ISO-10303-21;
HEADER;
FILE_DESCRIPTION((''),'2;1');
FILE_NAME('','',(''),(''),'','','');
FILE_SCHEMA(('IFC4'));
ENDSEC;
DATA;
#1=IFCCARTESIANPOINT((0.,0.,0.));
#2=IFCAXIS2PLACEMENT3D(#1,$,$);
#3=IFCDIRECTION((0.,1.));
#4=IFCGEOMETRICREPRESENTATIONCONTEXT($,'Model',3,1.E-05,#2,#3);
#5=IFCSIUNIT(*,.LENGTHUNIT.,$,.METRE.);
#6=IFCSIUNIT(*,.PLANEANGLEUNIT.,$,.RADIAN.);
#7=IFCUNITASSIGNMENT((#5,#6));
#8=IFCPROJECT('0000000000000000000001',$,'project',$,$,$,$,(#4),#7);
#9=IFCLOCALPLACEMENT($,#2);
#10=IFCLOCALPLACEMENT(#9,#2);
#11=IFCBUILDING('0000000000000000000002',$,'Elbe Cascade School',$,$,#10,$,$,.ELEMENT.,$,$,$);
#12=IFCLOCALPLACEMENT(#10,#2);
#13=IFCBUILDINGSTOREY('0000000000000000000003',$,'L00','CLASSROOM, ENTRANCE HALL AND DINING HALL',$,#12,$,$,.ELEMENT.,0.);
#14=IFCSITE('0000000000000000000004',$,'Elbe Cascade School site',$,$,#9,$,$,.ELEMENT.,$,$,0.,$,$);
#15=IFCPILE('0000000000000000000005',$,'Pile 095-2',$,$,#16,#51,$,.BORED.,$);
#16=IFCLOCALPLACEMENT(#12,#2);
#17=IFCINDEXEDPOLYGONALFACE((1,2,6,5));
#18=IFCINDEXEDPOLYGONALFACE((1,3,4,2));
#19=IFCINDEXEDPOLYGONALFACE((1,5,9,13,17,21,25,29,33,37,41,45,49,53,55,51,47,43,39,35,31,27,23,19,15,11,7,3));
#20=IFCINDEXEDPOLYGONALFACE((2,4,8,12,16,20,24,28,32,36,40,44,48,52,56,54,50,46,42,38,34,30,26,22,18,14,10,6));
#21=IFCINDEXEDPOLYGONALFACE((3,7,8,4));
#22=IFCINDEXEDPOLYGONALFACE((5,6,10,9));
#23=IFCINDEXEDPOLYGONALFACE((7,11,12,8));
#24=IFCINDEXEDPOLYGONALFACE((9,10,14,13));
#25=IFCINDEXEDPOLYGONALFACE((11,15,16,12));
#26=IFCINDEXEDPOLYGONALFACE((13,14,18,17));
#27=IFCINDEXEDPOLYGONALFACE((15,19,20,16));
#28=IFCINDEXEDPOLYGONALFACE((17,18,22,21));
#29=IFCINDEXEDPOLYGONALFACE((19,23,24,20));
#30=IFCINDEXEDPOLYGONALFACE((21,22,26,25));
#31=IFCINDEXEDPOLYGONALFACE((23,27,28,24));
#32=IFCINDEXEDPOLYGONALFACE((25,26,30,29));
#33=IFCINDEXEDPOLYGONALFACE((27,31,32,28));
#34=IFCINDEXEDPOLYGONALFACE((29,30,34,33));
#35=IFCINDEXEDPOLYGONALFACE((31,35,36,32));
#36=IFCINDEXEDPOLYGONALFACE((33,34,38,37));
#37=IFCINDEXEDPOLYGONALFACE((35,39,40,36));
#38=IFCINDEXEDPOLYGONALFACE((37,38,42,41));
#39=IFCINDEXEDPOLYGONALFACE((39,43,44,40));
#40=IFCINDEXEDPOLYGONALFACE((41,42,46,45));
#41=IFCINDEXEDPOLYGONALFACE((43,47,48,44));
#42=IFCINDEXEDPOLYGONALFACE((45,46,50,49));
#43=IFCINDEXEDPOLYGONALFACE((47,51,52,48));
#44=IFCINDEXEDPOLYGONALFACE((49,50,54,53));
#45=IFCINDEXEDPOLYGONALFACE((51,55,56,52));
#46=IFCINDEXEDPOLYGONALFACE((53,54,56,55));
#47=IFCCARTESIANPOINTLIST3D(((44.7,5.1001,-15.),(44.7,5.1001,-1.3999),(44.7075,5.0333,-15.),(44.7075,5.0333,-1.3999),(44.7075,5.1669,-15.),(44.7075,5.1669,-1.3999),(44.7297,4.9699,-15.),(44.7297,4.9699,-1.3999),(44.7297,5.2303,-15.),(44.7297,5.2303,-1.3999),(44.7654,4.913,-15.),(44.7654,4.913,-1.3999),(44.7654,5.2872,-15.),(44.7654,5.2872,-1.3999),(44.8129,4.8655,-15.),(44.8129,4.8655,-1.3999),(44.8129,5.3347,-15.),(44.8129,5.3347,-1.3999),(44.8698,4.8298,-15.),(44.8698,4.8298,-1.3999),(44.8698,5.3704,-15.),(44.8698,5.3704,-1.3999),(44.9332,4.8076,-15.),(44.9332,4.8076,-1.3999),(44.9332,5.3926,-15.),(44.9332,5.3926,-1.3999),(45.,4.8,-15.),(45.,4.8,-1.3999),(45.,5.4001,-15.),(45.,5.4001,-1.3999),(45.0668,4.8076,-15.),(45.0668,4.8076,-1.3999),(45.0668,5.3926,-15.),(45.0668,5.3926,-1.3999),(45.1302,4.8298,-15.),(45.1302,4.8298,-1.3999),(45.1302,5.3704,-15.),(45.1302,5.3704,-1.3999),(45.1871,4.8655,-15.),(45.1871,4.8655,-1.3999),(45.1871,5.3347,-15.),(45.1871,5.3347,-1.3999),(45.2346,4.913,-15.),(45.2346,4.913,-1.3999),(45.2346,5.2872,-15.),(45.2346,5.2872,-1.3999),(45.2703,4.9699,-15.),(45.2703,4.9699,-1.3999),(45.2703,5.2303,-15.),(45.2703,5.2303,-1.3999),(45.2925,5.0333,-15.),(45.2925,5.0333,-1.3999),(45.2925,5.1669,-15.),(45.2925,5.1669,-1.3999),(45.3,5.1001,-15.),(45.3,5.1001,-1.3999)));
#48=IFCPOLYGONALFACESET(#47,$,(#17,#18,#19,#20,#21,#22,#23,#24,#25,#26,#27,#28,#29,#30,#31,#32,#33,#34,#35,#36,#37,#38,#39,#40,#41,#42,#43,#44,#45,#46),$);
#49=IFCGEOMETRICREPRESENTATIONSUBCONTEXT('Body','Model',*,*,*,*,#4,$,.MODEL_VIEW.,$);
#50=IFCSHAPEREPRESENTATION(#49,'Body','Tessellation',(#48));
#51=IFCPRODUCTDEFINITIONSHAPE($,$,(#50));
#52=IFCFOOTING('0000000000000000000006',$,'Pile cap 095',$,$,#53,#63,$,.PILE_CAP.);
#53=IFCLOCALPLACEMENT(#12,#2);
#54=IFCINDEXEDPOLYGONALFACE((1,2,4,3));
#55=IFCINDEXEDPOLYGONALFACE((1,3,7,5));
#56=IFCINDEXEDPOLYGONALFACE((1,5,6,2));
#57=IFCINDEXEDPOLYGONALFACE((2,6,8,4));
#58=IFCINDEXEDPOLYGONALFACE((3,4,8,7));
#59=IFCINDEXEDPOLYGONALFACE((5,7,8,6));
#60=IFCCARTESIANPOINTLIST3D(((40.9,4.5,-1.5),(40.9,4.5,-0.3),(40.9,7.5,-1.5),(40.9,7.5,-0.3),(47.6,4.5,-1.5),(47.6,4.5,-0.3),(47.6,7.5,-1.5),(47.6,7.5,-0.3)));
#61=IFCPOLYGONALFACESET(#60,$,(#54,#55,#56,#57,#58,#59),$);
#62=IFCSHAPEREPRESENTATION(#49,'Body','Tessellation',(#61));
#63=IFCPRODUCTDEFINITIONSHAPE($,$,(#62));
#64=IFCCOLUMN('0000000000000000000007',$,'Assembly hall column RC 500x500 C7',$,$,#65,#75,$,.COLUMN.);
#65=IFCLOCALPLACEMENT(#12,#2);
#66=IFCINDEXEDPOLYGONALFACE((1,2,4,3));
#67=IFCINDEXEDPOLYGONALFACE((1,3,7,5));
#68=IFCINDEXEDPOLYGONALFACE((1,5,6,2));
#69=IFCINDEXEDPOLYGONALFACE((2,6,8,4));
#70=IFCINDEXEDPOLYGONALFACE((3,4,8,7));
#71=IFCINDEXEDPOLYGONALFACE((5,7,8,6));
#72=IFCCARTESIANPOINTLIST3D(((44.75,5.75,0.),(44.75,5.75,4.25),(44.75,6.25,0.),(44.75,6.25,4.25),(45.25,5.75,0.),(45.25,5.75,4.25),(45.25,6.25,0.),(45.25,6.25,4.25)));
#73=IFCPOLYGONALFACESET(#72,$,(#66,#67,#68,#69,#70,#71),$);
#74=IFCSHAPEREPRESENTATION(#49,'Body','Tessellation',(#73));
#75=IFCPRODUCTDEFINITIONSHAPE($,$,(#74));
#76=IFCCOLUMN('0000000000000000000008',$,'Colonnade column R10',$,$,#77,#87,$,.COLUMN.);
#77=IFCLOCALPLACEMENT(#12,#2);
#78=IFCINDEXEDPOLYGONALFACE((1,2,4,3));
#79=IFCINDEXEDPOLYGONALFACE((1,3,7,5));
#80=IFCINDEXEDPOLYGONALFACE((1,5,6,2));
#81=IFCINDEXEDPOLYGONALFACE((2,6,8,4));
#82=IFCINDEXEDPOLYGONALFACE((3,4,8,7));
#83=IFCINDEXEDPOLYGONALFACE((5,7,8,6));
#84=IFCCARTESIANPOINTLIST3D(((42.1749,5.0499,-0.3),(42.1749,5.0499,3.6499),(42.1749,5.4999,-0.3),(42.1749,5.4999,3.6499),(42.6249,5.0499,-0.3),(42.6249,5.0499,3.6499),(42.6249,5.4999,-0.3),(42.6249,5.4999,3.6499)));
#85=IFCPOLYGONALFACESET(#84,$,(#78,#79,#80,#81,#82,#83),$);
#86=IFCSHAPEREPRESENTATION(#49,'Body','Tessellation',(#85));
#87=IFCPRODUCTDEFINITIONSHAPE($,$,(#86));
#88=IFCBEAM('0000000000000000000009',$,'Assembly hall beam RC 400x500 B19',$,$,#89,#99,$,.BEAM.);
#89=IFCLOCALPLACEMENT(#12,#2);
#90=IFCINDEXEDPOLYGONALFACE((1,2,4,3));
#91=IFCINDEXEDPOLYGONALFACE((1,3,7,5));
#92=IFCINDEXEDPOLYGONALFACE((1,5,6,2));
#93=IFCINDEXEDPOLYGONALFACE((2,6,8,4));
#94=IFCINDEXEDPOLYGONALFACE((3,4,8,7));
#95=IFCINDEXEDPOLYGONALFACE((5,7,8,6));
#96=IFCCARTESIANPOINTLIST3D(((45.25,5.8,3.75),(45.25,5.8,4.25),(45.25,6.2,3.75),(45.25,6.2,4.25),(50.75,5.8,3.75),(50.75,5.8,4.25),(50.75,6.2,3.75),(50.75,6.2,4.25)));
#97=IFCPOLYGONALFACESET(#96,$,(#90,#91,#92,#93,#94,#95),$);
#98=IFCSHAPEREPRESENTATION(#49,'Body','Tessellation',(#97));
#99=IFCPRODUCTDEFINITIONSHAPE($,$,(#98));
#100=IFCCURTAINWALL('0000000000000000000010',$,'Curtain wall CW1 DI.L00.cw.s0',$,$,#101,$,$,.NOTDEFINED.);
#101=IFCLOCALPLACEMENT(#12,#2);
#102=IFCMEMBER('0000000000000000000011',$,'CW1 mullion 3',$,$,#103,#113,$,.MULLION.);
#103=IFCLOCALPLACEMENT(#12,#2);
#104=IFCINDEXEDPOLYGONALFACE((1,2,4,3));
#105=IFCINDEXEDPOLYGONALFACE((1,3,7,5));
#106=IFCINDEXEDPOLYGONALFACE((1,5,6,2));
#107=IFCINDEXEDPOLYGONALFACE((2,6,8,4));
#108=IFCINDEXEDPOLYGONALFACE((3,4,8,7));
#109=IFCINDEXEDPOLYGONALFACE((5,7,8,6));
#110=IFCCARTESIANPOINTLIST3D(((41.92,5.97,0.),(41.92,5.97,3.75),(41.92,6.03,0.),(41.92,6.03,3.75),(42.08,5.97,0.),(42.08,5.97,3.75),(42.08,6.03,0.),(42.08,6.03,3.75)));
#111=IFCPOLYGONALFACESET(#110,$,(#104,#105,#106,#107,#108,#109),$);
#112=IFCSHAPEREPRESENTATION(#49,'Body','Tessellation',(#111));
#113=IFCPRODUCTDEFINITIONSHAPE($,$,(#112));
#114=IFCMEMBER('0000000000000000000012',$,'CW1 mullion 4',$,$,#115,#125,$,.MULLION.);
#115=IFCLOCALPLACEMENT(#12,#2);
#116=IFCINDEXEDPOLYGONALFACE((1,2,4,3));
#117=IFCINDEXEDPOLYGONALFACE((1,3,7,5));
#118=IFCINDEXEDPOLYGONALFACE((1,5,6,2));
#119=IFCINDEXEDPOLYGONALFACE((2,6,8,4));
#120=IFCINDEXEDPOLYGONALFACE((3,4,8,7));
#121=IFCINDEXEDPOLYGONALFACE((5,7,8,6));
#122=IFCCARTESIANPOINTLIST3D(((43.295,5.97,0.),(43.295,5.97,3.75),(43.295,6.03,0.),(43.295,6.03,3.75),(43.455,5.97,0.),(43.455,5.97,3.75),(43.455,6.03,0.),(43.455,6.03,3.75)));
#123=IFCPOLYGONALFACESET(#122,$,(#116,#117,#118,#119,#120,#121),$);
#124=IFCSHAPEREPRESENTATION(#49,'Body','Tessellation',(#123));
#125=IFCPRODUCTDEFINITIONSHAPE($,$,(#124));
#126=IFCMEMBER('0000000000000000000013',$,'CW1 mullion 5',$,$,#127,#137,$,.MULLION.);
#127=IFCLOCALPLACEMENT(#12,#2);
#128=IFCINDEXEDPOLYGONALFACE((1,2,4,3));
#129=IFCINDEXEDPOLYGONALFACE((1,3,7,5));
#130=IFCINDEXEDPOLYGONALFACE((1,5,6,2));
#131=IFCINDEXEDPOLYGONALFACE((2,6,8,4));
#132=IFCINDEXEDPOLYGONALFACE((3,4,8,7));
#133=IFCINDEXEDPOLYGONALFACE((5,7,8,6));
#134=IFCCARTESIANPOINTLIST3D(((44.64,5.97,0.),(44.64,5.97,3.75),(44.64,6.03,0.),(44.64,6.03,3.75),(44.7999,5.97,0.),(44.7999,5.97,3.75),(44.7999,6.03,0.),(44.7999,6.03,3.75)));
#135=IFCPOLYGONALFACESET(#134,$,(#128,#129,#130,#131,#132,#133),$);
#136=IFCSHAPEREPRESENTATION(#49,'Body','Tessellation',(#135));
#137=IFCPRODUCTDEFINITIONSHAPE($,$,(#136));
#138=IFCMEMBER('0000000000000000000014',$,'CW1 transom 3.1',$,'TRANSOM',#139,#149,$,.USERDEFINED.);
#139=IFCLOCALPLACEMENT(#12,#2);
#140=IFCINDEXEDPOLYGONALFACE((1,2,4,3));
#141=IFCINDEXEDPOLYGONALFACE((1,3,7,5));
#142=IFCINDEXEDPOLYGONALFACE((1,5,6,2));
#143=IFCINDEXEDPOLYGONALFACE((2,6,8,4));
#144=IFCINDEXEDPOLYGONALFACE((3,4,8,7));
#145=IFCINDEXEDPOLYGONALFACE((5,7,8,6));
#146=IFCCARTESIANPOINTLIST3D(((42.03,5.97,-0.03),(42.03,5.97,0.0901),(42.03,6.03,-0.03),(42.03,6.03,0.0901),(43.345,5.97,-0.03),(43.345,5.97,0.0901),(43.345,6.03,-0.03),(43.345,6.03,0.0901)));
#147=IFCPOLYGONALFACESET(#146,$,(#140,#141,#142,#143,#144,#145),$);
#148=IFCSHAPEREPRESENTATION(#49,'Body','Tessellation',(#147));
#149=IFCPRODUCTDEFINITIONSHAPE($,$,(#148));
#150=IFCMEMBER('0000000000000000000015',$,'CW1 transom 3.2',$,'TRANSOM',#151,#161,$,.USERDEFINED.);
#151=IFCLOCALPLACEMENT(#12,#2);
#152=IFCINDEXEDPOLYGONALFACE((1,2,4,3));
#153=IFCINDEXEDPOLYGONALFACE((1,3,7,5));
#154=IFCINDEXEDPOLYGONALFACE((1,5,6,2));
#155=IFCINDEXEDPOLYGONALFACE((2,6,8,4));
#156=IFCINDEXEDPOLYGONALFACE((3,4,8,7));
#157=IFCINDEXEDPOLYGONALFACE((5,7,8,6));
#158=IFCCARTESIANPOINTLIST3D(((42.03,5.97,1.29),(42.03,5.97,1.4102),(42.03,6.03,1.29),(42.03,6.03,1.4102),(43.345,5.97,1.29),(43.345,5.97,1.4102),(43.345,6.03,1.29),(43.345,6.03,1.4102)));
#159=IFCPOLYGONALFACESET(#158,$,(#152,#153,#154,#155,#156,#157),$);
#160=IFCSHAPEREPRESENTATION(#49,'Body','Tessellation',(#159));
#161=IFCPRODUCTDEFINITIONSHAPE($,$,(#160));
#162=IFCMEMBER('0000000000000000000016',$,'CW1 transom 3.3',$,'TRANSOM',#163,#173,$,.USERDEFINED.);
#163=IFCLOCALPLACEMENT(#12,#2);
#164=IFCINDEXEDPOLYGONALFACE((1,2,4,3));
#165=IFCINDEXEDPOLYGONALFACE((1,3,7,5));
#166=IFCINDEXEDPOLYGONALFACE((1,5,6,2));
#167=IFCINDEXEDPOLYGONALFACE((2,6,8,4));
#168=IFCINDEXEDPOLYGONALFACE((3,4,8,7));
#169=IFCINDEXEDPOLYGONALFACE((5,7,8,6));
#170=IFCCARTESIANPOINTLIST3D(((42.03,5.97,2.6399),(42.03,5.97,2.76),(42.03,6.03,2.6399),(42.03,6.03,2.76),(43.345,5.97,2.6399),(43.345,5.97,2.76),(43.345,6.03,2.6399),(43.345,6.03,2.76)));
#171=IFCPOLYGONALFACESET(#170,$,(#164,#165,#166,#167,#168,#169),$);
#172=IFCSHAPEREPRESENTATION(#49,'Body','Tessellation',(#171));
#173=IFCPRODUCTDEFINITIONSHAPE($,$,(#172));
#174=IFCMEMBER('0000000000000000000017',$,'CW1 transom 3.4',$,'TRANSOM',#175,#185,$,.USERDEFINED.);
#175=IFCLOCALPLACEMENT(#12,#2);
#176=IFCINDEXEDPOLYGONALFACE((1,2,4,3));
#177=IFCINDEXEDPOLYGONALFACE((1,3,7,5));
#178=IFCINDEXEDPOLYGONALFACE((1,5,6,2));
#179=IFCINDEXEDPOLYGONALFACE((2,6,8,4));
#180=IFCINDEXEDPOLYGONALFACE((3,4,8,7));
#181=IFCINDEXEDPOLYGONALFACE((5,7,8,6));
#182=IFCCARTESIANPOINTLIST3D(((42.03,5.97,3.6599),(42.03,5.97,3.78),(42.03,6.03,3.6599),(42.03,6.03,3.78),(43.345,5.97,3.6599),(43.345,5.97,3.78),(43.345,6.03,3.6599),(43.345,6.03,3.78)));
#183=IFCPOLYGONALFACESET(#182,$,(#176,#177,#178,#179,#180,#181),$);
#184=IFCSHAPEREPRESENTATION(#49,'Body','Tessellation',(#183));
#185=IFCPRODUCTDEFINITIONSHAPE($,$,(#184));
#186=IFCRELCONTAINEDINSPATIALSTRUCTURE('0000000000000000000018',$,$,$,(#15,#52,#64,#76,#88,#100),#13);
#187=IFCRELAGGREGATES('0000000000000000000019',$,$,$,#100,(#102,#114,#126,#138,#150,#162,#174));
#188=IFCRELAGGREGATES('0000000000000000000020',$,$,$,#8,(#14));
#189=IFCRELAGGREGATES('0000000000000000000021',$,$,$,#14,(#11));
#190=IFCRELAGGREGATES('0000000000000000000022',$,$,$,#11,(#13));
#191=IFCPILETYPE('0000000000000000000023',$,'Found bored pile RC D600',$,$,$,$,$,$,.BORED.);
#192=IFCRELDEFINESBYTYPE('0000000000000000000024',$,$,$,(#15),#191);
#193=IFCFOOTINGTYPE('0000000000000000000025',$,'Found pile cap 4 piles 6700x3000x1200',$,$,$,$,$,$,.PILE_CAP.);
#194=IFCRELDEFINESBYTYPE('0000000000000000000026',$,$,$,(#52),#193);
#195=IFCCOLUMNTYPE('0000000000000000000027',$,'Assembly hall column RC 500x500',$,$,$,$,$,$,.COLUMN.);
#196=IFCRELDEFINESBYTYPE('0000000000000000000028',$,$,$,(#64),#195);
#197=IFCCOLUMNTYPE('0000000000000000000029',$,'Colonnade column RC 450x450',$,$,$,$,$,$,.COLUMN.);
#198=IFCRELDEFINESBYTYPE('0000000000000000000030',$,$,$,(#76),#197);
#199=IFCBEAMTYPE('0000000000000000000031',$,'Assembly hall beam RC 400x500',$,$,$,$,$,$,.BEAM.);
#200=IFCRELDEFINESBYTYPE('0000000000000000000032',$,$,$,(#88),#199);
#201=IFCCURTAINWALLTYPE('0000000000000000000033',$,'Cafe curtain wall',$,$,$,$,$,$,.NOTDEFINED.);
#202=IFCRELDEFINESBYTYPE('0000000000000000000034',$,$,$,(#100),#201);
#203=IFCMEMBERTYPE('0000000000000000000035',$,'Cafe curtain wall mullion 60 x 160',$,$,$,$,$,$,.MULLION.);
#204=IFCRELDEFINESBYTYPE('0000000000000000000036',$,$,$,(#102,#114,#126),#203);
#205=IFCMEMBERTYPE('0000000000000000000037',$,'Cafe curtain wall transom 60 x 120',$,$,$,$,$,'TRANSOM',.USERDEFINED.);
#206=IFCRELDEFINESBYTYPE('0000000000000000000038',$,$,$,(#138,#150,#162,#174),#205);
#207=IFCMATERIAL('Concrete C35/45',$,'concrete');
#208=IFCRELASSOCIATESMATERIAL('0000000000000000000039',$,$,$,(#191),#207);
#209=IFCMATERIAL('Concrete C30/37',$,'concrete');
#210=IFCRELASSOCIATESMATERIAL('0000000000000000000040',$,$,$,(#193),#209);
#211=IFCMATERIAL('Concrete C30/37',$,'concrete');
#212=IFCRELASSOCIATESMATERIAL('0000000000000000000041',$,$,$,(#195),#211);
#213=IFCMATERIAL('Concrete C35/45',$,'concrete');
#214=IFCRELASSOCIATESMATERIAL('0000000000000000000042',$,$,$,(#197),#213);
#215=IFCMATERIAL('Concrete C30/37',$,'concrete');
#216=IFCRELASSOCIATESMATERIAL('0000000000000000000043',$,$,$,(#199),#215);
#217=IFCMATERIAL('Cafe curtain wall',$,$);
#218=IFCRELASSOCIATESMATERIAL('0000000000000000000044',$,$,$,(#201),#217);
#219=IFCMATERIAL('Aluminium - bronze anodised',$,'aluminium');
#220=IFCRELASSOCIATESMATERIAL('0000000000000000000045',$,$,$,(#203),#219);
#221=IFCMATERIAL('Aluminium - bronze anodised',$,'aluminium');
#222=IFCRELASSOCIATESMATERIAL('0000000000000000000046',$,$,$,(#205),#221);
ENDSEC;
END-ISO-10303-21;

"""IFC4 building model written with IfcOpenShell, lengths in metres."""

from ifc_helpers import new_model, si_unit, direction, frame, origin, origin_2d, place, context, subcontext, project, spatial, rectangle, circle, extrude, material, material_profile, profile_set, type_object, element, aggregate, save


model = new_model("IFC4")

# Units and contexts
model_context = context("Model", 3, precision=1e-05, world=origin(), true_north=direction((0.0, 1.0)))
body_context = subcontext(model_context, "Body", "Model", "MODEL_VIEW")
ifc_project = project(units=[si_unit("LENGTHUNIT", "METRE"), si_unit("PLANEANGLEUNIT", "RADIAN")], contexts=[model_context])

# Site, building, storey
site_placement = place(None, origin())
site = spatial("IfcSite", under=ifc_project, at=site_placement, Name="Elbe Cascade School site", CompositionType="ELEMENT", RefElevation=0.0)
building_placement = place(site_placement, origin())
building = spatial("IfcBuilding", under=site, at=building_placement, Name="Elbe Cascade School", CompositionType="ELEMENT")
storey_placement = place(building_placement, origin())
storey = spatial("IfcBuildingStorey", under=building, at=storey_placement, Name="L00", Description="CLASSROOM, ENTRANCE HALL AND DINING HALL", CompositionType="ELEMENT", Elevation=0.0)

# Pile
ifc_material_1 = material(Name="Concrete C35/45", Category="concrete")
ifc_material_profile_1 = material_profile(ifc_material_1, circle(Radius=0.3, at=origin_2d()), Name="RC D600")
ifc_profile_set_1 = profile_set([ifc_material_profile_1], Name="Concrete C35/45")
pile_type = type_object("IfcPileType", Name="Found bored pile RC D600", PredefinedType="BORED", material=ifc_profile_set_1)
pile_placement = place(storey_placement, frame((45.0, 5.1001, -1.3999), z_axis=(0.0, 0.0, -1.0), x_axis=(1.0, 0.0, 0.0)))
element("IfcPile", 1, at=pile_placement, inside=storey, type_object=pile_type, Name="Pile 095-2", PredefinedType="BORED", context=body_context, shape_type="SweptSolid", body=[
    extrude(circle(Radius=0.3, at=origin_2d()), origin(), (0.0, 0.0, 1.0), 13.6001),
])

# Footing
ifc_material_2 = material(Name="Concrete C30/37", Category="concrete")
footing_type = type_object("IfcFootingType", Name="Found pile cap 4 piles 6700x3000x1200", PredefinedType="PILE_CAP", material=ifc_material_2)
footing_placement = place(storey_placement, frame((44.25, 6.0, -1.5), z_axis=(0.0, 0.0, 1.0), x_axis=(1.0, 0.0, 0.0)))
element("IfcFooting", 2, at=footing_placement, inside=storey, type_object=footing_type, Name="Pile cap 095", PredefinedType="PILE_CAP", context=body_context, shape_type="SweptSolid", body=[
    extrude(rectangle(XDim=6.7, YDim=3.0, at=origin_2d()), origin(), (0.0, 0.0, 1.0), 1.2),
])

# Columns
ifc_material_3 = material(Name="Concrete C30/37", Category="concrete")
ifc_material_profile_2 = material_profile(ifc_material_3, rectangle(XDim=0.5, YDim=0.5, at=origin_2d()), Name="RC 500x500")
ifc_profile_set_2 = profile_set([ifc_material_profile_2], Name="Concrete C30/37")
column_type_1 = type_object("IfcColumnType", Name="Assembly hall column RC 500x500", PredefinedType="COLUMN", material=ifc_profile_set_2)
column_1_placement = place(storey_placement, frame((45.0, 6.0, 0.0), z_axis=(0.0, 0.0, 1.0), x_axis=(1.0, 0.0, 0.0)))
element("IfcColumn", 3, at=column_1_placement, inside=storey, type_object=column_type_1, Name="Assembly hall column RC 500x500 C7", PredefinedType="COLUMN", context=body_context, shape_type="SweptSolid", body=[
    extrude(rectangle(XDim=0.5, YDim=0.5, at=origin_2d()), origin(), (0.0, 0.0, 1.0), 4.25),
])
ifc_material_4 = material(Name="Concrete C35/45", Category="concrete")
ifc_material_profile_3 = material_profile(ifc_material_4, rectangle(XDim=0.45, YDim=0.45, at=origin_2d()), Name="RC 450x450")
ifc_profile_set_3 = profile_set([ifc_material_profile_3], Name="Concrete C35/45")
column_type_2 = type_object("IfcColumnType", Name="Colonnade column RC 450x450", PredefinedType="COLUMN", material=ifc_profile_set_3)
column_2_placement = place(storey_placement, frame((42.3999, 5.2749, -0.3), z_axis=(0.0, 0.0, 1.0), x_axis=(1.0, 0.0, 0.0)))
element("IfcColumn", 4, at=column_2_placement, inside=storey, type_object=column_type_2, Name="Colonnade column R10", PredefinedType="COLUMN", context=body_context, shape_type="SweptSolid", body=[
    extrude(rectangle(XDim=0.45, YDim=0.45, at=origin_2d()), origin(), (0.0, 0.0, 1.0), 3.95),
])

# Beam
ifc_material_5 = material(Name="Concrete C30/37", Category="concrete")
ifc_material_profile_4 = material_profile(ifc_material_5, rectangle(XDim=0.3999, YDim=0.5, at=origin_2d()), Name="RC 400x500")
ifc_profile_set_4 = profile_set([ifc_material_profile_4], Name="Concrete C30/37")
beam_type_1 = type_object("IfcBeamType", Name="Assembly hall beam RC 400x500", PredefinedType="BEAM", material=ifc_profile_set_4)
beam_1_placement = place(storey_placement, frame((45.25, 6.0, 4.0), z_axis=(1.0, 0.0, 0.0), x_axis=(0.0, 1.0, 0.0)))
element("IfcBeam", 5, at=beam_1_placement, inside=storey, type_object=beam_type_1, Name="Assembly hall beam RC 400x500 B19", PredefinedType="BEAM", context=body_context, shape_type="SweptSolid", body=[
    extrude(rectangle(XDim=0.3999, YDim=0.5, at=origin_2d()), origin(), (0.0, 0.0, 1.0), 5.5),
])

# Curtain wall, members
ifc_material_6 = material(Name="Cafe curtain wall")
curtain_wall_type = type_object("IfcCurtainWallType", Name="Cafe curtain wall", PredefinedType="NOTDEFINED", material=ifc_material_6)
curtain_wall_placement = place(storey_placement, origin())
curtain_wall = element("IfcCurtainWall", 6, at=curtain_wall_placement, inside=storey, type_object=curtain_wall_type, Name="Curtain wall CW1 DI.L00.cw.s0", PredefinedType="NOTDEFINED")
ifc_material_7 = material(Name="Aluminium - bronze anodised", Category="aluminium")
ifc_material_profile_5 = material_profile(ifc_material_7, rectangle(XDim=0.0601, YDim=0.1599, at=origin_2d()), Name="RECT 60x160")
ifc_profile_set_5 = profile_set([ifc_material_profile_5], Name="Aluminium - bronze anodised")
member_type_1 = type_object("IfcMemberType", Name="Cafe curtain wall mullion 60 x 160", PredefinedType="MULLION", material=ifc_profile_set_5)
member_1_placement = place(storey_placement, frame((42.0, 6.0, 0.0), z_axis=(0.0, 0.0, 1.0), x_axis=(0.0, 1.0, 0.0)))
member_1 = element("IfcMember", 7, at=member_1_placement, type_object=member_type_1, Name="CW1 mullion 3", PredefinedType="MULLION", context=body_context, shape_type="SweptSolid", body=[
    extrude(rectangle(XDim=0.0601, YDim=0.1599, at=origin_2d()), origin(), (0.0, 0.0, 1.0), 3.75),
])
member_2_placement = place(storey_placement, frame((43.375, 6.0, 0.0), z_axis=(0.0, 0.0, 1.0), x_axis=(0.0, 1.0, 0.0)))
member_2 = element("IfcMember", 8, at=member_2_placement, type_object=member_type_1, Name="CW1 mullion 4", PredefinedType="MULLION", context=body_context, shape_type="SweptSolid", body=[
    extrude(rectangle(XDim=0.0601, YDim=0.1599, at=origin_2d()), origin(), (0.0, 0.0, 1.0), 3.75),
])
member_3_placement = place(storey_placement, frame((44.72, 6.0, 0.0), z_axis=(0.0, 0.0, 1.0), x_axis=(0.0, 1.0, 0.0)))
member_3 = element("IfcMember", 9, at=member_3_placement, type_object=member_type_1, Name="CW1 mullion 5", PredefinedType="MULLION", context=body_context, shape_type="SweptSolid", body=[
    extrude(rectangle(XDim=0.0601, YDim=0.1599, at=origin_2d()), origin(), (0.0, 0.0, 1.0), 3.75),
])
ifc_material_8 = material(Name="Aluminium - bronze anodised", Category="aluminium")
ifc_material_profile_6 = material_profile(ifc_material_8, rectangle(XDim=0.0601, YDim=0.1201, at=origin_2d()), Name="RECT 60x120")
ifc_profile_set_6 = profile_set([ifc_material_profile_6], Name="Aluminium - bronze anodised")
member_type_2 = type_object("IfcMemberType", Name="Cafe curtain wall transom 60 x 120", ElementType="TRANSOM", PredefinedType="USERDEFINED", material=ifc_profile_set_6)
member_4_placement = place(storey_placement, frame((42.03, 6.0, 0.03), z_axis=(1.0, 0.0, 0.0), x_axis=(0.0, 1.0, 0.0)))
member_4 = element("IfcMember", 10, at=member_4_placement, type_object=member_type_2, Name="CW1 transom 3.1", ObjectType="TRANSOM", PredefinedType="USERDEFINED", context=body_context, shape_type="SweptSolid", body=[
    extrude(rectangle(XDim=0.0601, YDim=0.1201, at=origin_2d()), origin(), (0.0, 0.0, 1.0), 1.3149),
])
member_5_placement = place(storey_placement, frame((42.03, 6.0, 1.3501), z_axis=(1.0, 0.0, 0.0), x_axis=(0.0, 1.0, 0.0)))
member_5 = element("IfcMember", 11, at=member_5_placement, type_object=member_type_2, Name="CW1 transom 3.2", ObjectType="TRANSOM", PredefinedType="USERDEFINED", context=body_context, shape_type="SweptSolid", body=[
    extrude(rectangle(XDim=0.0601, YDim=0.1201, at=origin_2d()), origin(), (0.0, 0.0, 1.0), 1.3149),
])
member_6_placement = place(storey_placement, frame((42.03, 6.0, 2.7), z_axis=(1.0, 0.0, 0.0), x_axis=(0.0, 1.0, 0.0)))
member_6 = element("IfcMember", 12, at=member_6_placement, type_object=member_type_2, Name="CW1 transom 3.3", ObjectType="TRANSOM", PredefinedType="USERDEFINED", context=body_context, shape_type="SweptSolid", body=[
    extrude(rectangle(XDim=0.0601, YDim=0.1201, at=origin_2d()), origin(), (0.0, 0.0, 1.0), 1.3149),
])
member_7_placement = place(storey_placement, frame((42.03, 6.0, 3.72), z_axis=(1.0, 0.0, 0.0), x_axis=(0.0, 1.0, 0.0)))
member_7 = element("IfcMember", 13, at=member_7_placement, type_object=member_type_2, Name="CW1 transom 3.4", ObjectType="TRANSOM", PredefinedType="USERDEFINED", context=body_context, shape_type="SweptSolid", body=[
    extrude(rectangle(XDim=0.0601, YDim=0.1201, at=origin_2d()), origin(), (0.0, 0.0, 1.0), 1.3149),
])

aggregate(curtain_wall, [member_1, member_2, member_3, member_4, member_5, member_6, member_7])

save(model, "model.ifc")
